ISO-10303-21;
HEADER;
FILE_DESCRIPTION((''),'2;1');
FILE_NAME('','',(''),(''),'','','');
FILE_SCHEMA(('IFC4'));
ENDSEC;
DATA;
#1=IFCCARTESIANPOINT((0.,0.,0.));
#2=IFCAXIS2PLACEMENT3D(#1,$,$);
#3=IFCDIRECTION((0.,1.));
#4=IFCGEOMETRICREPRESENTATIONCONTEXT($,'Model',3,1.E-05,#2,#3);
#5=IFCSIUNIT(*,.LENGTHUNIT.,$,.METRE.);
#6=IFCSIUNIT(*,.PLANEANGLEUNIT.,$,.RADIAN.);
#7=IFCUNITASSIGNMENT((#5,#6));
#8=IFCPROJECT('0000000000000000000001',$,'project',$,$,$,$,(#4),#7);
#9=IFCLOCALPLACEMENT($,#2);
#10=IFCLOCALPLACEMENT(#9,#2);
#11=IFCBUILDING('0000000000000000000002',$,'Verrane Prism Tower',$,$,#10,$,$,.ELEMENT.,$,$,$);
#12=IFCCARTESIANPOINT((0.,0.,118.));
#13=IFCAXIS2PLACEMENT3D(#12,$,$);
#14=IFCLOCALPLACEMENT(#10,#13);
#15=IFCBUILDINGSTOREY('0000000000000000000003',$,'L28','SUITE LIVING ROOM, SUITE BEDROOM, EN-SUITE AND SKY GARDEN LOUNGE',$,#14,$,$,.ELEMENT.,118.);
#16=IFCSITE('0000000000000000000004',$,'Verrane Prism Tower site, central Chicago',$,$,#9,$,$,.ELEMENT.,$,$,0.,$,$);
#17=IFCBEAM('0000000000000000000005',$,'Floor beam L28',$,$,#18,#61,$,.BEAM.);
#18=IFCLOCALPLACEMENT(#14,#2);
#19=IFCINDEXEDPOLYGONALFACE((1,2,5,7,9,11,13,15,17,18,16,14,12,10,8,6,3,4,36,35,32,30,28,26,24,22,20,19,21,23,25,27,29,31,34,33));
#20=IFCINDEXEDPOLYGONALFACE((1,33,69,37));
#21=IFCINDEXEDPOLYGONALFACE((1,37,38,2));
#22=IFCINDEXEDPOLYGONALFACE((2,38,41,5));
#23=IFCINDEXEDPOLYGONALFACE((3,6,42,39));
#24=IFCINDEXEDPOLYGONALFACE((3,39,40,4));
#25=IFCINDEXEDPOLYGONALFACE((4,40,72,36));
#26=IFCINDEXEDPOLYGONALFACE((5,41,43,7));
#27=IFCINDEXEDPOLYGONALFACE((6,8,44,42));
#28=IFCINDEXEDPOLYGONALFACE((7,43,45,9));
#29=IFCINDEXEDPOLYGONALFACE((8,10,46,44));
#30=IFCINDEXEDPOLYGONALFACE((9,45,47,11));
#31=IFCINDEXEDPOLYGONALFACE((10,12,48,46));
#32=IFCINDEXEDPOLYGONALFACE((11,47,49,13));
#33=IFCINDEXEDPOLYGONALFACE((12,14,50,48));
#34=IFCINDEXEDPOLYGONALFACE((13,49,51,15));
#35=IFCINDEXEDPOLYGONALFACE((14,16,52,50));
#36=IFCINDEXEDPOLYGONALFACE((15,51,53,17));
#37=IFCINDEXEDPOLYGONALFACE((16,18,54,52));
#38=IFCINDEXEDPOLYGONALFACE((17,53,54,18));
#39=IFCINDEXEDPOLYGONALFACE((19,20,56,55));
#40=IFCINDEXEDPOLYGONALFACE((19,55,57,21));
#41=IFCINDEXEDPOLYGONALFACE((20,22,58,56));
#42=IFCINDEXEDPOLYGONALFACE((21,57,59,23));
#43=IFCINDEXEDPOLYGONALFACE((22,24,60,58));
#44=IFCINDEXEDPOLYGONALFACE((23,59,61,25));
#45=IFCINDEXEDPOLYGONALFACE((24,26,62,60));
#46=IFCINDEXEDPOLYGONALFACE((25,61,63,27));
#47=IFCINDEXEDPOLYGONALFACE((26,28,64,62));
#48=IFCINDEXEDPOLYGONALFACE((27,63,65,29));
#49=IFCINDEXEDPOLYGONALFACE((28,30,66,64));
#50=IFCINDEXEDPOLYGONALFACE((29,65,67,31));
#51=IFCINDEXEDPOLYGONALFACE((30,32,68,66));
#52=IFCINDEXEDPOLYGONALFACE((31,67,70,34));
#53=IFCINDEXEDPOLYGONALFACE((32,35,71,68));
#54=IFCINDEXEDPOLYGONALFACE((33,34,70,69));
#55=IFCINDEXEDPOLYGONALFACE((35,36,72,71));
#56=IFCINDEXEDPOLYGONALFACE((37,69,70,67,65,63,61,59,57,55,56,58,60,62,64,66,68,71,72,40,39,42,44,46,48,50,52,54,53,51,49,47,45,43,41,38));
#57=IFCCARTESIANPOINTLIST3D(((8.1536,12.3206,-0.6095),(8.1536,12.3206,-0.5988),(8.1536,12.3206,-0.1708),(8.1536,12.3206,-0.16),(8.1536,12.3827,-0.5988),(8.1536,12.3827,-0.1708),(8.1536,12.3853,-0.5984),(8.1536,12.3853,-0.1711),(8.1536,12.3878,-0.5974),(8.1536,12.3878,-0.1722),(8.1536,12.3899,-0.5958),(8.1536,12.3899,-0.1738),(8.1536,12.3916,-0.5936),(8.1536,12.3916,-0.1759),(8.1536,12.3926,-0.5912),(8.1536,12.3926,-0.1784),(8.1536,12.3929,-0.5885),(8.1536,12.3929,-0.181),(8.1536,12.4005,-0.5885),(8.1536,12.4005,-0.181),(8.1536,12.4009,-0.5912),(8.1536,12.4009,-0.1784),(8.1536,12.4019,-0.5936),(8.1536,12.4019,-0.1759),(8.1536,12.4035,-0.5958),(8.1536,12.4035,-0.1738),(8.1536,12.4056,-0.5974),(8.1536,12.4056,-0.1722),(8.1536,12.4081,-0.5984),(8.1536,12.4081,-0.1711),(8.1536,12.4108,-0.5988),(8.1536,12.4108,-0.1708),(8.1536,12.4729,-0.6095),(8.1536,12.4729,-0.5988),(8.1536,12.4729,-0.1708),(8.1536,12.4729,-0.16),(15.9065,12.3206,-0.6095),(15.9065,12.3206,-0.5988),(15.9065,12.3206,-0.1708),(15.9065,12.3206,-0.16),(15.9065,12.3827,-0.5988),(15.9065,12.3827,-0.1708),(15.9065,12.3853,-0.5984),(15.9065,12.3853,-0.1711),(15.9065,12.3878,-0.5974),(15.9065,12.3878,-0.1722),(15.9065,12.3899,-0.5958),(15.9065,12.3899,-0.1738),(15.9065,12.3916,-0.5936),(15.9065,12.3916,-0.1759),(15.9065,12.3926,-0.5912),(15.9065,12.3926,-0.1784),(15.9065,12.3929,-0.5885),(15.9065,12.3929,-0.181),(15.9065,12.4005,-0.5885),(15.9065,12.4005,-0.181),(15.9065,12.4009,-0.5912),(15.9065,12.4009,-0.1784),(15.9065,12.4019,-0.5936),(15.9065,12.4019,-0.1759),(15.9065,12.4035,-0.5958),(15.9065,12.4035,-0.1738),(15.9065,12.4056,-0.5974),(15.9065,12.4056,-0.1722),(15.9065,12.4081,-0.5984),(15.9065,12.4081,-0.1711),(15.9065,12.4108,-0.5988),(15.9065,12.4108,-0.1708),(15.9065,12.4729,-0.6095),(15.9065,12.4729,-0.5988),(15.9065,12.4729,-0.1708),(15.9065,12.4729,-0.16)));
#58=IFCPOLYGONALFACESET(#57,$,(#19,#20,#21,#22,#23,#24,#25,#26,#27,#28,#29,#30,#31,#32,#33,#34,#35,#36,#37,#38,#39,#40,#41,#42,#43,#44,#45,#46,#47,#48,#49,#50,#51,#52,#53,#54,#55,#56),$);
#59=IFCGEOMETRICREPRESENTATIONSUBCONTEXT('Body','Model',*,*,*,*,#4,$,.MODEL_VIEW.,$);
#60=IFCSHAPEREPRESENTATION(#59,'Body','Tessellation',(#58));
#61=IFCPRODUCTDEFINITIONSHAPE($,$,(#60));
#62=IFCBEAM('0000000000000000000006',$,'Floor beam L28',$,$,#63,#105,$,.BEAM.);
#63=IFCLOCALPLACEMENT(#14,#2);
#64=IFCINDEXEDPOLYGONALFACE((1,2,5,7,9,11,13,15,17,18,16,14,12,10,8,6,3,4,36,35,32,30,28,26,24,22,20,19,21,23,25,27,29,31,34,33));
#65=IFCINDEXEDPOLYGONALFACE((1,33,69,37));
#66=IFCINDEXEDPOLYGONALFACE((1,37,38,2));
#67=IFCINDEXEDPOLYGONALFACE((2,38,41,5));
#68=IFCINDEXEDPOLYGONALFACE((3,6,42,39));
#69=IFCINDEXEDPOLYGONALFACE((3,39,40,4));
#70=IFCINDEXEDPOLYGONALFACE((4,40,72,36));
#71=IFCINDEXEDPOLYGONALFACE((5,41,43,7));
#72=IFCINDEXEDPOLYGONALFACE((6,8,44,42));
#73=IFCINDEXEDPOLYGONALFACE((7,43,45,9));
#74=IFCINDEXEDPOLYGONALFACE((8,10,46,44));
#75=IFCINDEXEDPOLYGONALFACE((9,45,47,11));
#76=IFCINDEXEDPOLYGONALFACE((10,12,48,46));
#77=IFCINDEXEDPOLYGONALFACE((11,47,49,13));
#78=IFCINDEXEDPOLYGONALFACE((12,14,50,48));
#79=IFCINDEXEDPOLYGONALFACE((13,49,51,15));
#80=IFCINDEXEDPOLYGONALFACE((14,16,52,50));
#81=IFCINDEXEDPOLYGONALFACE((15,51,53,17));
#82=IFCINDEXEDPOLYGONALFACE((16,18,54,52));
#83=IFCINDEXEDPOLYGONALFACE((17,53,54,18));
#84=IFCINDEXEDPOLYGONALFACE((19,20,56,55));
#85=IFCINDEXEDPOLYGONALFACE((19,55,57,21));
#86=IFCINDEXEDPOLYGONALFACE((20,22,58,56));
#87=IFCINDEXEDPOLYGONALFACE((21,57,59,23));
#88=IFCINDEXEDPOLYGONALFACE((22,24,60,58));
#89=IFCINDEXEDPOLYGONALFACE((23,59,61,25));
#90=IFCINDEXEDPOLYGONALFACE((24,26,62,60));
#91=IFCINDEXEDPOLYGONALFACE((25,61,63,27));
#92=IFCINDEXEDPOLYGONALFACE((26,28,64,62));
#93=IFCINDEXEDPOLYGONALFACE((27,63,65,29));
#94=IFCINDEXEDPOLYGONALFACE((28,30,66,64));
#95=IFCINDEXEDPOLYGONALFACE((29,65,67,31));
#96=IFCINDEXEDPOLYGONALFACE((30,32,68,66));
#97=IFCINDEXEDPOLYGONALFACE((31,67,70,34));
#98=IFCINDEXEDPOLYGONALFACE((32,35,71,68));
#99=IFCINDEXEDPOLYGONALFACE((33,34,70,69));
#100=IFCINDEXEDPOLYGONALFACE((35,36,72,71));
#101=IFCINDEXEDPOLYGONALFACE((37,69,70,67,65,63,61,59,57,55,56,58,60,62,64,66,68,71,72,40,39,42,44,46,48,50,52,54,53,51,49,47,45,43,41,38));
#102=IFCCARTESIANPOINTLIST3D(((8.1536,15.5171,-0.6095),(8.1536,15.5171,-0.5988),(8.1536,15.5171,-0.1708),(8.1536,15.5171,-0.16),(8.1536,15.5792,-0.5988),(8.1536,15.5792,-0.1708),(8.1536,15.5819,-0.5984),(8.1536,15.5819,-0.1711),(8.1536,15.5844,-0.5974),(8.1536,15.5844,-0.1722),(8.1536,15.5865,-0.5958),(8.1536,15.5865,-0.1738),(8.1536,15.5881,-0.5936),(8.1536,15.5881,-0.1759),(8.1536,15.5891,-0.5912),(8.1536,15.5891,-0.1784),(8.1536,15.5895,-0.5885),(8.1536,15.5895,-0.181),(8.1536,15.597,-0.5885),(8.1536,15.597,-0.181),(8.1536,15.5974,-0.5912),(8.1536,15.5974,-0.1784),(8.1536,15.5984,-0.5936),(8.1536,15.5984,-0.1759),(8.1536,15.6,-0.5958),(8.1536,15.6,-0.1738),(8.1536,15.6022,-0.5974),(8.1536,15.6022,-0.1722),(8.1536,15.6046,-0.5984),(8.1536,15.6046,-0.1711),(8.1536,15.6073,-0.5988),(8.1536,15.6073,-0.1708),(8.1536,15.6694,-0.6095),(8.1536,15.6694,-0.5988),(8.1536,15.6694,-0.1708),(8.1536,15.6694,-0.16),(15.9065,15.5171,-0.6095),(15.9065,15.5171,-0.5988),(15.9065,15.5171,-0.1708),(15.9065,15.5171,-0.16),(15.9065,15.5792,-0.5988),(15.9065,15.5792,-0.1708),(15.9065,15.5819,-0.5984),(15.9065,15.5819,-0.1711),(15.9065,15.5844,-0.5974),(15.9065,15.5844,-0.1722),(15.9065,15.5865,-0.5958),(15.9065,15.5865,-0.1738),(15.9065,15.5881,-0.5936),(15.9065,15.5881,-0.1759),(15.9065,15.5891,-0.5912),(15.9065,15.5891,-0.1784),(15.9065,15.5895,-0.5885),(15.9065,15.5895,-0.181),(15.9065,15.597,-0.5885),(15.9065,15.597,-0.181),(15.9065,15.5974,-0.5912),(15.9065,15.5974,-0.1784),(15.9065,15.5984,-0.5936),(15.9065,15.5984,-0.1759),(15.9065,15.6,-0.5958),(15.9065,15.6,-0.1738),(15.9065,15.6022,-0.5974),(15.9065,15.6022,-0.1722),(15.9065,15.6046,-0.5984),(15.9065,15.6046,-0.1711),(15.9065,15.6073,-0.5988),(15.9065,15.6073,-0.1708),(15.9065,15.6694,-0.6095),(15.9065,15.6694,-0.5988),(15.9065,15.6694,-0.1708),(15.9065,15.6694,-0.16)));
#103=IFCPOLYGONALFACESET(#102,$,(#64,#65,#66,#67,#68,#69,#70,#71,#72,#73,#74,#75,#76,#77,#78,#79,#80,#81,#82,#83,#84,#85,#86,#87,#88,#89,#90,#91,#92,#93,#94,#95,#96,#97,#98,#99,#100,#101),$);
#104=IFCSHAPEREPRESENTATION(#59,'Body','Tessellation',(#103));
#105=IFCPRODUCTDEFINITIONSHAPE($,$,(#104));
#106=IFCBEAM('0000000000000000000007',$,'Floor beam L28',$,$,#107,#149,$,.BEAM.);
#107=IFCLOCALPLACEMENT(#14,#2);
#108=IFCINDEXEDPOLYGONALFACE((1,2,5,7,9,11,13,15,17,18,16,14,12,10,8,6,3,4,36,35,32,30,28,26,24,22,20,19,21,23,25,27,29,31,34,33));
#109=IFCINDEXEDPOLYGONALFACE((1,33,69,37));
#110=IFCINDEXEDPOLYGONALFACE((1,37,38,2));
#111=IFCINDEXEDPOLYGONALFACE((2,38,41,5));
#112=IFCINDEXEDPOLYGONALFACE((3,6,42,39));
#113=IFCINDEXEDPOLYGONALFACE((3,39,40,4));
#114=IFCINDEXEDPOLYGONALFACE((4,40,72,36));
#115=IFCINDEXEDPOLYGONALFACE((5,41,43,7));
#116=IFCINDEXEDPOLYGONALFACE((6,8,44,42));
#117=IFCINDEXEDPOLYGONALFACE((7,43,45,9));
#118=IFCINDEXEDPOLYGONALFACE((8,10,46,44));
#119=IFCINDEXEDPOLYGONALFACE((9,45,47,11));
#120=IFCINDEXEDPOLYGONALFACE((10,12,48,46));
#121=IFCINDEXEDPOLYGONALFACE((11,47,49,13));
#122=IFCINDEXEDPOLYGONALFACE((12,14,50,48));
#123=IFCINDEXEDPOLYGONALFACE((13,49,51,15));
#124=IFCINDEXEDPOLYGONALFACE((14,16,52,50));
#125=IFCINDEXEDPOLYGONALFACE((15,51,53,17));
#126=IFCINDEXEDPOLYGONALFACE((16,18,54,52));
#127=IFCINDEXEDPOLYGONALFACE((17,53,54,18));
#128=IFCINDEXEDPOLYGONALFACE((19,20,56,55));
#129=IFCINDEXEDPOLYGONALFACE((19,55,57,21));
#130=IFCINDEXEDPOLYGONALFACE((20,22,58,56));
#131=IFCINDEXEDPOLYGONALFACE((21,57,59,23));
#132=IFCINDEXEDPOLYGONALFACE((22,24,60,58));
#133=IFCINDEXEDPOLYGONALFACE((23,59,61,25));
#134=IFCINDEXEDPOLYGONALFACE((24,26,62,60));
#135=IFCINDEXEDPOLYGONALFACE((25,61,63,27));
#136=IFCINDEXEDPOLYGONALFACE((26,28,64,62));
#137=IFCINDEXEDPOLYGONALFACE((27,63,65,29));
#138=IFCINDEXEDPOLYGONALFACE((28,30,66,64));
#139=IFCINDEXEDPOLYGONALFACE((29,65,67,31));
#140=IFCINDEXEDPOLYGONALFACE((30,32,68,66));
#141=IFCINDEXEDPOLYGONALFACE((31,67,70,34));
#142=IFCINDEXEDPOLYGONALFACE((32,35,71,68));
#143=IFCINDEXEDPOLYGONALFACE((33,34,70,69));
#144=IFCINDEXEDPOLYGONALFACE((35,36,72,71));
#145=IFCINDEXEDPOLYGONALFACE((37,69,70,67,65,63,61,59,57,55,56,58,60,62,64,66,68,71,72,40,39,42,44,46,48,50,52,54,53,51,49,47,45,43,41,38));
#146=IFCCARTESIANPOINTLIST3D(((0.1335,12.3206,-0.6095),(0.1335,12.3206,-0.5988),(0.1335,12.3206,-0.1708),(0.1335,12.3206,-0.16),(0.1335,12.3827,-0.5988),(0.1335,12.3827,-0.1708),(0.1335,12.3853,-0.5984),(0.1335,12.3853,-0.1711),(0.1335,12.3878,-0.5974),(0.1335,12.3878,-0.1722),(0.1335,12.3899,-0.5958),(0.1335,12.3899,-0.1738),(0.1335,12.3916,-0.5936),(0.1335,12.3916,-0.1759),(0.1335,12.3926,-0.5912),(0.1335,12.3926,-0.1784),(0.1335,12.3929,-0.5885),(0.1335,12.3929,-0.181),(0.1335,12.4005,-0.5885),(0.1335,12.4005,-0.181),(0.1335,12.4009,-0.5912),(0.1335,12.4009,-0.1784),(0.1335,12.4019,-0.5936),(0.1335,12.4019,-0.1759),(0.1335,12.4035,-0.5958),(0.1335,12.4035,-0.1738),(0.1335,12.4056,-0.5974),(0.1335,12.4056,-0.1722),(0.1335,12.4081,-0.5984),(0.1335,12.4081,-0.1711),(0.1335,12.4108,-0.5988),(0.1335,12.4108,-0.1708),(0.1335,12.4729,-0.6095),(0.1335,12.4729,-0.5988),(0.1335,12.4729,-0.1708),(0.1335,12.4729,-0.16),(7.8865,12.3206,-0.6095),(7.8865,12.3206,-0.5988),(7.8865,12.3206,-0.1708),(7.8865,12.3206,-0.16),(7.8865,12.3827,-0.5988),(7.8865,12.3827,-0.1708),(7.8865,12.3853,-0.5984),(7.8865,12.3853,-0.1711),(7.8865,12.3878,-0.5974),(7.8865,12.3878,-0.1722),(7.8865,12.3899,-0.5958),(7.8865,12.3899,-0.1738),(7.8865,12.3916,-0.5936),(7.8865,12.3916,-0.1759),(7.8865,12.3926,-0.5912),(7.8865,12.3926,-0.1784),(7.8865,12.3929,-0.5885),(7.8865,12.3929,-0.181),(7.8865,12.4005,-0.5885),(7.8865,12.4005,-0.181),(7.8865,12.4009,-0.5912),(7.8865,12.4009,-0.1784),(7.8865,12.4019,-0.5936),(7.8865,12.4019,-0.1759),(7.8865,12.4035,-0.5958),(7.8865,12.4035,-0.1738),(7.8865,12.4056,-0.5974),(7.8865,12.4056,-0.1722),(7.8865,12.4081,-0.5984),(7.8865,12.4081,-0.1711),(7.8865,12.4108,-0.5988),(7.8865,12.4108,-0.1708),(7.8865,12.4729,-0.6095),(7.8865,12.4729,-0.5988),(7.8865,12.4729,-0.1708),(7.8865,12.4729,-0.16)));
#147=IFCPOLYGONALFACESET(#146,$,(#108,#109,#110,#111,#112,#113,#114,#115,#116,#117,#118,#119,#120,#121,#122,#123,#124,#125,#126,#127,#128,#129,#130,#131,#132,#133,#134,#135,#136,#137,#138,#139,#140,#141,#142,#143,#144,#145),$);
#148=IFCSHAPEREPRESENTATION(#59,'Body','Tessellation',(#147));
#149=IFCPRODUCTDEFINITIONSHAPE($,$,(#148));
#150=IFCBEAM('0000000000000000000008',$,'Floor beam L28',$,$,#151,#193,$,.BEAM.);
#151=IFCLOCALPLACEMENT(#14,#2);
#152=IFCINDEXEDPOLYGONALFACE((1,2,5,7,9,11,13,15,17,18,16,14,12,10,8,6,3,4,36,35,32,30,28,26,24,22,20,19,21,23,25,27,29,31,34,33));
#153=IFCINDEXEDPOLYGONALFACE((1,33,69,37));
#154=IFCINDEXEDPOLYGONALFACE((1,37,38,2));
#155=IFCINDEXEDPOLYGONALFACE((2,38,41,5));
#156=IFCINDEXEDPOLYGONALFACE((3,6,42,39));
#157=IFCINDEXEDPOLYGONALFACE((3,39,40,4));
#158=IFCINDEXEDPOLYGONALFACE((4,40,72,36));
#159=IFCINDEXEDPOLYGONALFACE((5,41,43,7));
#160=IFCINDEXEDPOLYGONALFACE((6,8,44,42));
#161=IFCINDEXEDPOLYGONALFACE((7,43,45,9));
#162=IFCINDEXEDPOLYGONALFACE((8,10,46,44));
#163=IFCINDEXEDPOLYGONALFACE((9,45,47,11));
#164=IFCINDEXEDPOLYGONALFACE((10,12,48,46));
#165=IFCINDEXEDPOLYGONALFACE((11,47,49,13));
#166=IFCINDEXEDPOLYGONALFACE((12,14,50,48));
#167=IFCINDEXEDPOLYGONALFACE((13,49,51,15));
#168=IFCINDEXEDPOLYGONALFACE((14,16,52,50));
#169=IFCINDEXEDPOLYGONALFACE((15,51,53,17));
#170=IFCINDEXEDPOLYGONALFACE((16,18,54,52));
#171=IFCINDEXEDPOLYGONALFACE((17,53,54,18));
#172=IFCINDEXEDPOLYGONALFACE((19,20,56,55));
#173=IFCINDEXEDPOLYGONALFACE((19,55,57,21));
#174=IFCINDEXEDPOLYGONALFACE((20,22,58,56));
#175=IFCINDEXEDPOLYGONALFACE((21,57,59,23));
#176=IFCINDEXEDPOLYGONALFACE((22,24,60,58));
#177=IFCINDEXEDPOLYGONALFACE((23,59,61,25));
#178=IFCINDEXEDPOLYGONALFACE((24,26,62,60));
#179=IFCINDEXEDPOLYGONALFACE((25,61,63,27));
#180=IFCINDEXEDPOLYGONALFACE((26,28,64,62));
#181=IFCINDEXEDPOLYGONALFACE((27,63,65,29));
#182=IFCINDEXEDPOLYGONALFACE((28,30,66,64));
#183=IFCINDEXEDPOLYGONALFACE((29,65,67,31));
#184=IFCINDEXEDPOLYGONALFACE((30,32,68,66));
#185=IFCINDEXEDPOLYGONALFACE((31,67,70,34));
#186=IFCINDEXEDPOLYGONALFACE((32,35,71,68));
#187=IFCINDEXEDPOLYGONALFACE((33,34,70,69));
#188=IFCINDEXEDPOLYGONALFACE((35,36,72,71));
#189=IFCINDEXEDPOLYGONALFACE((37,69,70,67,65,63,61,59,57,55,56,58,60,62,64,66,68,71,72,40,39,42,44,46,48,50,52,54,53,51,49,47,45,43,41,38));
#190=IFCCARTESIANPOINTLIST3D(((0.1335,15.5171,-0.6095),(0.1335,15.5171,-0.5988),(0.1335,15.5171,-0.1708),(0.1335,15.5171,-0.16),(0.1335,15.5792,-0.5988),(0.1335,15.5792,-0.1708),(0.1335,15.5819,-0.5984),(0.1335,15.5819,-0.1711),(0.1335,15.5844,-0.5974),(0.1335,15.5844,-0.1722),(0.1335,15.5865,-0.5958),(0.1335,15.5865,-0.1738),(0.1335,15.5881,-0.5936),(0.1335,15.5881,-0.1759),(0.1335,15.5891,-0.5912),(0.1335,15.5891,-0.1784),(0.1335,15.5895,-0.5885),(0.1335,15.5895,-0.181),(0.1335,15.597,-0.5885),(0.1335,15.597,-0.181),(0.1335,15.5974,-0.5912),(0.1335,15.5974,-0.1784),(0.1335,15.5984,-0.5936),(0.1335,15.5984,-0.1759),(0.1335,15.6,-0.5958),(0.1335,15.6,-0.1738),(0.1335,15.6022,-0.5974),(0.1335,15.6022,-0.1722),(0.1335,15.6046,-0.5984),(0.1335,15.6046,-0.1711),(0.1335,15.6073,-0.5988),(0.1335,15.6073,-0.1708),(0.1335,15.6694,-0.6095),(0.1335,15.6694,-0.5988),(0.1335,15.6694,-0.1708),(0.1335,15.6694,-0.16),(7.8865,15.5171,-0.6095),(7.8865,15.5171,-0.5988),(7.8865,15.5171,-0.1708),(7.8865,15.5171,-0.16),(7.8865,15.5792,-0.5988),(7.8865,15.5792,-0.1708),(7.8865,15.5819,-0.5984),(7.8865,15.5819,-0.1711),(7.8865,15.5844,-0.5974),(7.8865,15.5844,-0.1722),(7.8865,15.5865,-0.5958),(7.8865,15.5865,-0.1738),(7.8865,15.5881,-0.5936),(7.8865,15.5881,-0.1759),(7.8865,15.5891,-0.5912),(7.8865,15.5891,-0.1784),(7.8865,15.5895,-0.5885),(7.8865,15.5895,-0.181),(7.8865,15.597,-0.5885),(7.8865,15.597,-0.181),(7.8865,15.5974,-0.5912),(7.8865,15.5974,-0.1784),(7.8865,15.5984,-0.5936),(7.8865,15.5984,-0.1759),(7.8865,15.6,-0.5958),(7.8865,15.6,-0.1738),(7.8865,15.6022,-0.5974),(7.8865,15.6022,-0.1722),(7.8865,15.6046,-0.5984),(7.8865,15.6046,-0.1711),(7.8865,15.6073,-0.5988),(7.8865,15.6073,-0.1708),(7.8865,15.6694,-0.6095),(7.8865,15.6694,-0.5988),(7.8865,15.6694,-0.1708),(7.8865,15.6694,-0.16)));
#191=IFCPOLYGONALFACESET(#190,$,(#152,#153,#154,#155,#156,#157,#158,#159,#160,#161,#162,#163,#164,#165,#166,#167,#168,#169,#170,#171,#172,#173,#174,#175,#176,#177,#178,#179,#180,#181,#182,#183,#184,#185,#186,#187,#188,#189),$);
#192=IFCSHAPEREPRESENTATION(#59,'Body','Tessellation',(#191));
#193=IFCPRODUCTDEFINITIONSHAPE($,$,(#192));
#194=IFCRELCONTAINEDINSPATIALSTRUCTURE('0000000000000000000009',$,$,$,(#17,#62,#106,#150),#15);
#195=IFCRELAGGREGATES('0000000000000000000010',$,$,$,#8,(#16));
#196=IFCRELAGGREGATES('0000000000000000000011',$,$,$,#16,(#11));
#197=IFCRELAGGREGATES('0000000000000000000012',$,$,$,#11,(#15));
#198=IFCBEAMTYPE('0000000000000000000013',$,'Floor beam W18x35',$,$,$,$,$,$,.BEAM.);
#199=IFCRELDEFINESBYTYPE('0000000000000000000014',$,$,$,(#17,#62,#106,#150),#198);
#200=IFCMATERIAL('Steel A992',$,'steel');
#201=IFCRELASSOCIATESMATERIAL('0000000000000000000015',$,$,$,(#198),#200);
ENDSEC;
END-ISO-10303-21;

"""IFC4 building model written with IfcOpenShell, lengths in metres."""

from ifc_helpers import new_model, si_unit, direction, frame, origin, origin_2d, place, context, subcontext, project, spatial, i_section, extrude, material, material_profile, profile_set, type_object, element, save


model = new_model("IFC4")

# Units and contexts
model_context = context("Model", 3, precision=1e-05, world=origin(), true_north=direction((0.0, 1.0)))
body_context = subcontext(model_context, "Body", "Model", "MODEL_VIEW")
ifc_project = project(units=[si_unit("LENGTHUNIT", "METRE"), si_unit("PLANEANGLEUNIT", "RADIAN")], contexts=[model_context])

# Site, building, storey
site_placement = place(None, origin())
site = spatial("IfcSite", under=ifc_project, at=site_placement, Name="Verrane Prism Tower site, central Chicago", CompositionType="ELEMENT", RefElevation=0.0)
building_placement = place(site_placement, origin())
building = spatial("IfcBuilding", under=site, at=building_placement, Name="Verrane Prism Tower", CompositionType="ELEMENT")
storey_placement = place(building_placement, frame((0.0, 0.0, 118.0)))
storey = spatial("IfcBuildingStorey", under=building, at=storey_placement, Name="L28", Description="SUITE LIVING ROOM, SUITE BEDROOM, EN-SUITE AND SKY GARDEN LOUNGE", CompositionType="ELEMENT", Elevation=118.0)

# Beams
ifc_material_1 = material(Name="Steel A992", Category="steel")
ifc_material_profile_1 = material_profile(ifc_material_1, i_section(OverallWidth=0.1523, OverallDepth=0.4495, WebThickness=0.0076, FlangeThickness=0.0107, FilletRadius=0.0103, at=origin_2d()), Name="W18x35")
ifc_profile_set_1 = profile_set([ifc_material_profile_1], Name="Steel A992")
beam_type_1 = type_object("IfcBeamType", Name="Floor beam W18x35", PredefinedType="BEAM", material=ifc_profile_set_1)
for number, where, z_axis, x_axis, name in (
    (1, (8.1536, 12.3967, -0.3848), (1.0, 0.0, 0.0), (0.0, 1.0, 0.0), "Floor beam L28"),
    (2, (8.1536, 15.5933, -0.3848), (1.0, 0.0, 0.0), (0.0, 1.0, 0.0), "Floor beam L28"),
    (3, (0.1335, 12.3967, -0.3848), (1.0, 0.0, 0.0), (0.0, 1.0, 0.0), "Floor beam L28"),
    (4, (0.1335, 15.5933, -0.3848), (1.0, 0.0, 0.0), (0.0, 1.0, 0.0), "Floor beam L28"),
):
    element("IfcBeam", number, at=place(storey_placement, frame(where, z_axis=z_axis, x_axis=x_axis)), inside=storey, type_object=beam_type_1, Name=name, PredefinedType="BEAM", context=body_context, shape_type="SweptSolid", body=[
        extrude(i_section(OverallWidth=0.1523, OverallDepth=0.4495, WebThickness=0.0076, FlangeThickness=0.0107, FilletRadius=0.0103, at=origin_2d()), origin(), (0.0, 0.0, 1.0), 7.7529),
    ])

save(model, "model.ifc")
